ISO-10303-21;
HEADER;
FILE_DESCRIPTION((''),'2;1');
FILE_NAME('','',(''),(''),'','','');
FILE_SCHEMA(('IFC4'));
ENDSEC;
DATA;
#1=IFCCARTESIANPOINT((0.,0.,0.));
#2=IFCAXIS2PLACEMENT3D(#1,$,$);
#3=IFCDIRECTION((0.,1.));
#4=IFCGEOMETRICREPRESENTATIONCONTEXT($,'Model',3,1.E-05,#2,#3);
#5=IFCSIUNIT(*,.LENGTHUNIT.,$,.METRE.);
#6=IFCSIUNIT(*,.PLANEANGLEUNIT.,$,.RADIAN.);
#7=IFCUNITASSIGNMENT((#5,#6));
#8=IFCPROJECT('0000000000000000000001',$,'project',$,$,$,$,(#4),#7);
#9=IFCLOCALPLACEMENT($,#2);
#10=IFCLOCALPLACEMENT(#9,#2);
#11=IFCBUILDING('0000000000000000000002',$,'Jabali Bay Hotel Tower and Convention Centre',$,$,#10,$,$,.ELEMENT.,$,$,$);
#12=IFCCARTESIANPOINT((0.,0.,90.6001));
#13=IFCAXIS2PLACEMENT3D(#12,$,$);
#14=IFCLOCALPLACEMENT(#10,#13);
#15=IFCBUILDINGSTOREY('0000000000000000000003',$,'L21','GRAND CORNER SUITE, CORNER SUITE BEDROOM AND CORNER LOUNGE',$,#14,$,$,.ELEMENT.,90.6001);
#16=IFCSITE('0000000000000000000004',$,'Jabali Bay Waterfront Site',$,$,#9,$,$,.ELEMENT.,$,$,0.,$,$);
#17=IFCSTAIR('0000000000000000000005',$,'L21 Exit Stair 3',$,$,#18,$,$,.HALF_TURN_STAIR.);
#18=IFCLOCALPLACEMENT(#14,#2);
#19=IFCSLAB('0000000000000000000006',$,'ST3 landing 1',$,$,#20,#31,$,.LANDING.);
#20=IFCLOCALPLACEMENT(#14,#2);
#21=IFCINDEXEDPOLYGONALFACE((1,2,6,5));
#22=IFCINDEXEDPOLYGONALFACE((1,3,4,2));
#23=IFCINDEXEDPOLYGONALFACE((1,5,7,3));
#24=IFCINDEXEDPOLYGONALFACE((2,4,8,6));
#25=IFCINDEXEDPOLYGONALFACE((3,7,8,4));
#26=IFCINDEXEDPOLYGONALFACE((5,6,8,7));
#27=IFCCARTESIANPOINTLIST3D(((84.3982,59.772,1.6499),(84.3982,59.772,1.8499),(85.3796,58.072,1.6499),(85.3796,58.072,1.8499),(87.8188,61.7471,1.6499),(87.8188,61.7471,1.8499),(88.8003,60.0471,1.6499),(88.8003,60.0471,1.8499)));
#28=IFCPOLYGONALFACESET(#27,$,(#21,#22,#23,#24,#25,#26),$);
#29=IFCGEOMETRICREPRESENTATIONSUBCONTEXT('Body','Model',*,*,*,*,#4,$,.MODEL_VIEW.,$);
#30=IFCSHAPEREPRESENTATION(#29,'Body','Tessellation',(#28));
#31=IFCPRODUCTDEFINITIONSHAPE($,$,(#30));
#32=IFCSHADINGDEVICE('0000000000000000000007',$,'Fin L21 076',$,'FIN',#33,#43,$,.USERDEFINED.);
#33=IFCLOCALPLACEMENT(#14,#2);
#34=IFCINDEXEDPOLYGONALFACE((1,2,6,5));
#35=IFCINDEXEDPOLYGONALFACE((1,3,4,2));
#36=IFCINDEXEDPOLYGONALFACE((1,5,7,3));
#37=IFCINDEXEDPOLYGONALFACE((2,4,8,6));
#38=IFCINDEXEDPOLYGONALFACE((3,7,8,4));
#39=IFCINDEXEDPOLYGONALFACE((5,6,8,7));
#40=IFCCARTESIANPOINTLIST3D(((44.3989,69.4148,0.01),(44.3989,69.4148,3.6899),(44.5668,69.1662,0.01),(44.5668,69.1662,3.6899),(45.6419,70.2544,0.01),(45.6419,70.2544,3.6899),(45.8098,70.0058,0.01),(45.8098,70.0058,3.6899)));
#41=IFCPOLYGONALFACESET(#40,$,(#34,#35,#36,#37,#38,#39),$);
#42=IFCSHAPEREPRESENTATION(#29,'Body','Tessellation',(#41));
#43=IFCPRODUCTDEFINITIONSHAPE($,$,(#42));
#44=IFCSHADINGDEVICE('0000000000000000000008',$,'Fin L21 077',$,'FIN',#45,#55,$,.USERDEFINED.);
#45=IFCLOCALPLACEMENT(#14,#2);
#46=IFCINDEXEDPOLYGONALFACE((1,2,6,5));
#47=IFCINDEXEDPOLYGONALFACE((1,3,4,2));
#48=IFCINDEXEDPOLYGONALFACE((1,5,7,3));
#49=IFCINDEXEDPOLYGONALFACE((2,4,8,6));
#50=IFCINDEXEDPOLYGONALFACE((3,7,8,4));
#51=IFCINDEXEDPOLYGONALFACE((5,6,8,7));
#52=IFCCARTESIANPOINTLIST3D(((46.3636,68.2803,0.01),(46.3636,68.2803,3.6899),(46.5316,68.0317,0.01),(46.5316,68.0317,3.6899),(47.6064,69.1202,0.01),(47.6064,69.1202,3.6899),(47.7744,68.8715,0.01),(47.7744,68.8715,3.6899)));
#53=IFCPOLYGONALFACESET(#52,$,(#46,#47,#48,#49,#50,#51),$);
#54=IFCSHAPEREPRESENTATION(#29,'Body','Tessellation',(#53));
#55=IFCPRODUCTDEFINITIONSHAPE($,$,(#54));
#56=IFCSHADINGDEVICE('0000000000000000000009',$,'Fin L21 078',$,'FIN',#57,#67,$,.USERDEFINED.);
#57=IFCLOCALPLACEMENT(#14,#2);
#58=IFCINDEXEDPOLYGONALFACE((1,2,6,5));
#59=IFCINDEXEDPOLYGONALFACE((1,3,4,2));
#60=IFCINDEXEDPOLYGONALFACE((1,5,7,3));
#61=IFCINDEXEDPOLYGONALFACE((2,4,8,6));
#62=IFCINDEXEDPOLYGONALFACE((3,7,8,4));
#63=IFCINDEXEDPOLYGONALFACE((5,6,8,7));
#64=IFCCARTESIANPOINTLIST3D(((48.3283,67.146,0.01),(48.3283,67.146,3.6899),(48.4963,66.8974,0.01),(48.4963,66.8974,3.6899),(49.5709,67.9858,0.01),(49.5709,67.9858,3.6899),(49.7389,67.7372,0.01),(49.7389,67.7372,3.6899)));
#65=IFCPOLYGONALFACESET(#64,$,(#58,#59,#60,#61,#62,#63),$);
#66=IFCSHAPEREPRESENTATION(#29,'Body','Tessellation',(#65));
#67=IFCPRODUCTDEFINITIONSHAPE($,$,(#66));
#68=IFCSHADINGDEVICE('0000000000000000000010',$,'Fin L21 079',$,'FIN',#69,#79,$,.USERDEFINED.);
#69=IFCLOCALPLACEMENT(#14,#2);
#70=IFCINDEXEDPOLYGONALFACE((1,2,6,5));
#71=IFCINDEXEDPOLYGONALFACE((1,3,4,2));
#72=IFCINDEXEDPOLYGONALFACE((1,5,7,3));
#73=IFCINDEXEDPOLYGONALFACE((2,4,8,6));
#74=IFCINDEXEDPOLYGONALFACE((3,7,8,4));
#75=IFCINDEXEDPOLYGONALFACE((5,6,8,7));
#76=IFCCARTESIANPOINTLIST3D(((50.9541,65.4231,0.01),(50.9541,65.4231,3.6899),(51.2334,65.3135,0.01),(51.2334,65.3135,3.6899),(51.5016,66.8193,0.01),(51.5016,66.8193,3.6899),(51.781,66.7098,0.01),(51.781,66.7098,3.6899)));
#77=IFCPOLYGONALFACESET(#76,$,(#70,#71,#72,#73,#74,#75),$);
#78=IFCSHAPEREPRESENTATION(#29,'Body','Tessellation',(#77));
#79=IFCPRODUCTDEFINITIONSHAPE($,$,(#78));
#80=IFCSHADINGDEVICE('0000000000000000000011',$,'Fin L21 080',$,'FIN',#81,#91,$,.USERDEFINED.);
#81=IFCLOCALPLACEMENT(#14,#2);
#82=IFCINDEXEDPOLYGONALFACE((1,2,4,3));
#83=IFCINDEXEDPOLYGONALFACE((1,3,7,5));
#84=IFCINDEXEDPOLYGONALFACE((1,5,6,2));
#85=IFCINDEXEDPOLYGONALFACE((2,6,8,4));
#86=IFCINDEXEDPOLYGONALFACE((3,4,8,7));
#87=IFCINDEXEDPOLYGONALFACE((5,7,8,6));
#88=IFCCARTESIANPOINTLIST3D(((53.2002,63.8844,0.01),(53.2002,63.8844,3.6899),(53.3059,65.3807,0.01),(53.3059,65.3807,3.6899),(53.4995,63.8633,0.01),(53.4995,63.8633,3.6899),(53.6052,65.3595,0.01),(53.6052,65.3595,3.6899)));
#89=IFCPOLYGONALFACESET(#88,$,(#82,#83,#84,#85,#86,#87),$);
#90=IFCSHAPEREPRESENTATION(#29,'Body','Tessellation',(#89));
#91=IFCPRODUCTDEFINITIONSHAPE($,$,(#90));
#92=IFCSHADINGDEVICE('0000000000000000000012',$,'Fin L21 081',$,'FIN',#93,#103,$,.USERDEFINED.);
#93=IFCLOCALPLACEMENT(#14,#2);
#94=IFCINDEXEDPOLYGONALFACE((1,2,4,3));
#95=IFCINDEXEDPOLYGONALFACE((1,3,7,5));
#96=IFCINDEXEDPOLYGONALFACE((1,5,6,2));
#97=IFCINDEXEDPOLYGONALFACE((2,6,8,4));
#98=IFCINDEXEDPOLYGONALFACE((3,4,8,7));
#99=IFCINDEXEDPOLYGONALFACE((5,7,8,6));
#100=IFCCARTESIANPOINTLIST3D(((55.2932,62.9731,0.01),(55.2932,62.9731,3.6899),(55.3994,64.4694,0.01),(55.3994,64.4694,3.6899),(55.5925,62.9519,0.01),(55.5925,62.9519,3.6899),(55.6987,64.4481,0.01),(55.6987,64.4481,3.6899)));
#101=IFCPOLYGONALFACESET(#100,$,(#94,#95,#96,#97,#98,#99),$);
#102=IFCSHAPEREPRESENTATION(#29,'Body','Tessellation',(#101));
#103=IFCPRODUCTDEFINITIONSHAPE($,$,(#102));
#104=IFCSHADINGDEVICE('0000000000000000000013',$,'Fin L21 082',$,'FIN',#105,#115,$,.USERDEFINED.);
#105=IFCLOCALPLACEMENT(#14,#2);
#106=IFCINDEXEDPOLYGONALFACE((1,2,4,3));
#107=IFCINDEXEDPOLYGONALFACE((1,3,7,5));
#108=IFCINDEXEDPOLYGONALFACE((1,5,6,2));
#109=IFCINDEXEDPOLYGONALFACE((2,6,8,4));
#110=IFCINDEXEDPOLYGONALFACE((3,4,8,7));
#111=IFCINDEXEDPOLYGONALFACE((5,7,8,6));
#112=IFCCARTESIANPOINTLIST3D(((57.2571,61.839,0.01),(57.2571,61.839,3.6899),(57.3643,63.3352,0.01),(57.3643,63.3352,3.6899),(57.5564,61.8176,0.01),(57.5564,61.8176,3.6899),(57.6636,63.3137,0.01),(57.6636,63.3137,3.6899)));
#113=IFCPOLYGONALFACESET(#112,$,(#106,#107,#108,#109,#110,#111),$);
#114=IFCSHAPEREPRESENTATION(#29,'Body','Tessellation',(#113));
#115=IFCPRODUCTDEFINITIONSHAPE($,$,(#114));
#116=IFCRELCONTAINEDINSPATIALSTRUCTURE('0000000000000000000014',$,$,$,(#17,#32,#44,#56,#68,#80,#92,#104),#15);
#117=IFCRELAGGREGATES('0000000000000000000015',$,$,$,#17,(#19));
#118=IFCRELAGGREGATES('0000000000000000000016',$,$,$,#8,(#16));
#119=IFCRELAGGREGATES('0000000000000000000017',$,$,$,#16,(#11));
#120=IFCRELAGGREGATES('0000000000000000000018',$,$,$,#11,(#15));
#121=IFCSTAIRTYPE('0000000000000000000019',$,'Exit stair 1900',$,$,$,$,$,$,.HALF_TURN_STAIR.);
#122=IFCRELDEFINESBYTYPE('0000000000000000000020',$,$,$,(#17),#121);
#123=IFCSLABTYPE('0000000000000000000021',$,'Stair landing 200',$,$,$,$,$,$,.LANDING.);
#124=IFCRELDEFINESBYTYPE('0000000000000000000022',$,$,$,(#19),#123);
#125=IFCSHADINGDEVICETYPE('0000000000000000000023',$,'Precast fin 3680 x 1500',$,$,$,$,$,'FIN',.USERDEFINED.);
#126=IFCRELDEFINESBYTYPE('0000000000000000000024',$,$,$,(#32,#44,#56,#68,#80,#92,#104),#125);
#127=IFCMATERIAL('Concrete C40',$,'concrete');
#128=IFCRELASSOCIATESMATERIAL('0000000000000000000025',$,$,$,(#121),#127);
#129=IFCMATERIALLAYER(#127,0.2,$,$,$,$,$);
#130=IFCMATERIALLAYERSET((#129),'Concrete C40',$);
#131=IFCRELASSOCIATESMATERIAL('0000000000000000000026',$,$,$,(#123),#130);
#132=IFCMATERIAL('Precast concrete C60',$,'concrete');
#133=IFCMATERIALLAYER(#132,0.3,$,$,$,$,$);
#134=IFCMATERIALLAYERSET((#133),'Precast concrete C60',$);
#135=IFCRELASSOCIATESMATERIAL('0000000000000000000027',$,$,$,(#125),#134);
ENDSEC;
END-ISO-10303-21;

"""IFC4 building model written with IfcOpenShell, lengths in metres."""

from ifc_helpers import new_model, si_unit, direction, frame, frame_2d, origin, place, context, subcontext, project, spatial, polyline, rectangle, outline, extrude, material, layer, layer_set, type_object, element, aggregate, save


model = new_model("IFC4")

# Units and contexts
model_context = context("Model", 3, precision=1e-05, world=origin(), true_north=direction((0.0, 1.0)))
body_context = subcontext(model_context, "Body", "Model", "MODEL_VIEW")
ifc_project = project(units=[si_unit("LENGTHUNIT", "METRE"), si_unit("PLANEANGLEUNIT", "RADIAN")], contexts=[model_context])

# Site, building, storey
site_placement = place(None, origin())
site = spatial("IfcSite", under=ifc_project, at=site_placement, Name="Jabali Bay Waterfront Site", CompositionType="ELEMENT", RefElevation=0.0)
building_placement = place(site_placement, origin())
building = spatial("IfcBuilding", under=site, at=building_placement, Name="Jabali Bay Hotel Tower and Convention Centre", CompositionType="ELEMENT")
storey_placement = place(building_placement, frame((0.0, 0.0, 90.6001)))
storey = spatial("IfcBuildingStorey", under=building, at=storey_placement, Name="L21", Description="GRAND CORNER SUITE, CORNER SUITE BEDROOM AND CORNER LOUNGE", CompositionType="ELEMENT", Elevation=90.6001)

# Shared definitions
ifc_material_1 = material(Name="Concrete C40", Category="concrete")

# Stair, slab
stair_type = type_object("IfcStairType", Name="Exit stair 1900", PredefinedType="HALF_TURN_STAIR", material=ifc_material_1)
ifc_layer_1 = layer(ifc_material_1, 0.2)
ifc_layer_set_1 = layer_set([ifc_layer_1], Name="Concrete C40")
slab_type_1 = type_object("IfcSlabType", Name="Stair landing 200", PredefinedType="LANDING", material=ifc_layer_set_1)
stair_1_placement = place(storey_placement, origin())
stair_1 = element("IfcStair", 1, at=stair_1_placement, inside=storey, type_object=stair_type, Name="L21 Exit Stair 3", PredefinedType="HALF_TURN_STAIR")
slab_1_placement = place(storey_placement, frame((0.0, 0.0, 1.6499)))
slab_1 = element("IfcSlab", 2, at=slab_1_placement, type_object=slab_type_1, Name="ST3 landing 1", PredefinedType="LANDING", context=body_context, shape_type="SweptSolid", body=[
    extrude(outline(polyline([(84.3982, 59.772), (85.3796, 58.072), (88.8003, 60.0471), (87.8188, 61.7471), (84.3982, 59.772)])), origin(), (0.0, 0.0, 1.0), 0.2),
])
aggregate(stair_1, [slab_1])

# Shading devices
ifc_material_2 = material(Name="Precast concrete C60", Category="concrete")
ifc_layer_2 = layer(ifc_material_2, 0.3)
ifc_layer_set_2 = layer_set([ifc_layer_2], Name="Precast concrete C60")
shading_device_type = type_object("IfcShadingDeviceType", Name="Precast fin 3680 x 1500", ElementType="FIN", PredefinedType="USERDEFINED", material=ifc_layer_set_2)
for number, where, z_axis, x_axis, name in (
    (3, (45.7258, 70.1301, 0.01), (0.0, 0.0, 1.0), (-0.828654, -0.559761, 0.0), "Fin L21 076"),
    (4, (47.6904, 68.9958, 0.01), (0.0, 0.0, 1.0), (-0.828579, -0.559873, 0.0), "Fin L21 077"),
):
    element("IfcShadingDevice", number, at=place(storey_placement, frame(where, z_axis=z_axis, x_axis=x_axis)), inside=storey, type_object=shading_device_type, Name=name, ObjectType="FIN", PredefinedType="USERDEFINED", context=body_context, shape_type="SweptSolid", body=[
        extrude(rectangle(XDim=1.5, YDim=0.3, at=frame_2d((0.75, 0.0))), origin(), (0.0, 0.0, 1.0), 3.6799),
    ])
for number, where, z_axis, x_axis, name in (
    (5, (49.655, 67.8616, 0.01), (0.0, 0.0, 1.0), (-0.828528, -0.559948, 0.0), "Fin L21 078"),
    (6, (51.6414, 66.7646, 0.01), (0.0, 0.0, 1.0), (-0.365123, -0.930959, 0.0), "Fin L21 079"),
):
    element("IfcShadingDevice", number, at=place(storey_placement, frame(where, z_axis=z_axis, x_axis=x_axis)), inside=storey, type_object=shading_device_type, Name=name, ObjectType="FIN", PredefinedType="USERDEFINED", context=body_context, shape_type="SweptSolid", body=[
        extrude(rectangle(XDim=1.4998, YDim=0.3, at=frame_2d((0.75, 0.0))), origin(), (0.0, 0.0, 1.0), 3.6799),
    ])
for number, where, z_axis, x_axis, name in (
    (7, (53.4556, 65.3701, 0.01), (0.0, 0.0, 1.0), (-0.070472, -0.997514, 0.0), "Fin L21 080"),
    (8, (55.5491, 64.4587, 0.01), (0.0, 0.0, 1.0), (-0.070796, -0.997491, 0.0), "Fin L21 081"),
    (9, (57.5139, 63.3245, 0.01), (0.0, 0.0, 1.0), (-0.071455, -0.997444, 0.0), "Fin L21 082"),
):
    element("IfcShadingDevice", number, at=place(storey_placement, frame(where, z_axis=z_axis, x_axis=x_axis)), inside=storey, type_object=shading_device_type, Name=name, ObjectType="FIN", PredefinedType="USERDEFINED", context=body_context, shape_type="SweptSolid", body=[
        extrude(rectangle(XDim=1.5, YDim=0.3, at=frame_2d((0.75, 0.0))), origin(), (0.0, 0.0, 1.0), 3.6799),
    ])

save(model, "model.ifc")
